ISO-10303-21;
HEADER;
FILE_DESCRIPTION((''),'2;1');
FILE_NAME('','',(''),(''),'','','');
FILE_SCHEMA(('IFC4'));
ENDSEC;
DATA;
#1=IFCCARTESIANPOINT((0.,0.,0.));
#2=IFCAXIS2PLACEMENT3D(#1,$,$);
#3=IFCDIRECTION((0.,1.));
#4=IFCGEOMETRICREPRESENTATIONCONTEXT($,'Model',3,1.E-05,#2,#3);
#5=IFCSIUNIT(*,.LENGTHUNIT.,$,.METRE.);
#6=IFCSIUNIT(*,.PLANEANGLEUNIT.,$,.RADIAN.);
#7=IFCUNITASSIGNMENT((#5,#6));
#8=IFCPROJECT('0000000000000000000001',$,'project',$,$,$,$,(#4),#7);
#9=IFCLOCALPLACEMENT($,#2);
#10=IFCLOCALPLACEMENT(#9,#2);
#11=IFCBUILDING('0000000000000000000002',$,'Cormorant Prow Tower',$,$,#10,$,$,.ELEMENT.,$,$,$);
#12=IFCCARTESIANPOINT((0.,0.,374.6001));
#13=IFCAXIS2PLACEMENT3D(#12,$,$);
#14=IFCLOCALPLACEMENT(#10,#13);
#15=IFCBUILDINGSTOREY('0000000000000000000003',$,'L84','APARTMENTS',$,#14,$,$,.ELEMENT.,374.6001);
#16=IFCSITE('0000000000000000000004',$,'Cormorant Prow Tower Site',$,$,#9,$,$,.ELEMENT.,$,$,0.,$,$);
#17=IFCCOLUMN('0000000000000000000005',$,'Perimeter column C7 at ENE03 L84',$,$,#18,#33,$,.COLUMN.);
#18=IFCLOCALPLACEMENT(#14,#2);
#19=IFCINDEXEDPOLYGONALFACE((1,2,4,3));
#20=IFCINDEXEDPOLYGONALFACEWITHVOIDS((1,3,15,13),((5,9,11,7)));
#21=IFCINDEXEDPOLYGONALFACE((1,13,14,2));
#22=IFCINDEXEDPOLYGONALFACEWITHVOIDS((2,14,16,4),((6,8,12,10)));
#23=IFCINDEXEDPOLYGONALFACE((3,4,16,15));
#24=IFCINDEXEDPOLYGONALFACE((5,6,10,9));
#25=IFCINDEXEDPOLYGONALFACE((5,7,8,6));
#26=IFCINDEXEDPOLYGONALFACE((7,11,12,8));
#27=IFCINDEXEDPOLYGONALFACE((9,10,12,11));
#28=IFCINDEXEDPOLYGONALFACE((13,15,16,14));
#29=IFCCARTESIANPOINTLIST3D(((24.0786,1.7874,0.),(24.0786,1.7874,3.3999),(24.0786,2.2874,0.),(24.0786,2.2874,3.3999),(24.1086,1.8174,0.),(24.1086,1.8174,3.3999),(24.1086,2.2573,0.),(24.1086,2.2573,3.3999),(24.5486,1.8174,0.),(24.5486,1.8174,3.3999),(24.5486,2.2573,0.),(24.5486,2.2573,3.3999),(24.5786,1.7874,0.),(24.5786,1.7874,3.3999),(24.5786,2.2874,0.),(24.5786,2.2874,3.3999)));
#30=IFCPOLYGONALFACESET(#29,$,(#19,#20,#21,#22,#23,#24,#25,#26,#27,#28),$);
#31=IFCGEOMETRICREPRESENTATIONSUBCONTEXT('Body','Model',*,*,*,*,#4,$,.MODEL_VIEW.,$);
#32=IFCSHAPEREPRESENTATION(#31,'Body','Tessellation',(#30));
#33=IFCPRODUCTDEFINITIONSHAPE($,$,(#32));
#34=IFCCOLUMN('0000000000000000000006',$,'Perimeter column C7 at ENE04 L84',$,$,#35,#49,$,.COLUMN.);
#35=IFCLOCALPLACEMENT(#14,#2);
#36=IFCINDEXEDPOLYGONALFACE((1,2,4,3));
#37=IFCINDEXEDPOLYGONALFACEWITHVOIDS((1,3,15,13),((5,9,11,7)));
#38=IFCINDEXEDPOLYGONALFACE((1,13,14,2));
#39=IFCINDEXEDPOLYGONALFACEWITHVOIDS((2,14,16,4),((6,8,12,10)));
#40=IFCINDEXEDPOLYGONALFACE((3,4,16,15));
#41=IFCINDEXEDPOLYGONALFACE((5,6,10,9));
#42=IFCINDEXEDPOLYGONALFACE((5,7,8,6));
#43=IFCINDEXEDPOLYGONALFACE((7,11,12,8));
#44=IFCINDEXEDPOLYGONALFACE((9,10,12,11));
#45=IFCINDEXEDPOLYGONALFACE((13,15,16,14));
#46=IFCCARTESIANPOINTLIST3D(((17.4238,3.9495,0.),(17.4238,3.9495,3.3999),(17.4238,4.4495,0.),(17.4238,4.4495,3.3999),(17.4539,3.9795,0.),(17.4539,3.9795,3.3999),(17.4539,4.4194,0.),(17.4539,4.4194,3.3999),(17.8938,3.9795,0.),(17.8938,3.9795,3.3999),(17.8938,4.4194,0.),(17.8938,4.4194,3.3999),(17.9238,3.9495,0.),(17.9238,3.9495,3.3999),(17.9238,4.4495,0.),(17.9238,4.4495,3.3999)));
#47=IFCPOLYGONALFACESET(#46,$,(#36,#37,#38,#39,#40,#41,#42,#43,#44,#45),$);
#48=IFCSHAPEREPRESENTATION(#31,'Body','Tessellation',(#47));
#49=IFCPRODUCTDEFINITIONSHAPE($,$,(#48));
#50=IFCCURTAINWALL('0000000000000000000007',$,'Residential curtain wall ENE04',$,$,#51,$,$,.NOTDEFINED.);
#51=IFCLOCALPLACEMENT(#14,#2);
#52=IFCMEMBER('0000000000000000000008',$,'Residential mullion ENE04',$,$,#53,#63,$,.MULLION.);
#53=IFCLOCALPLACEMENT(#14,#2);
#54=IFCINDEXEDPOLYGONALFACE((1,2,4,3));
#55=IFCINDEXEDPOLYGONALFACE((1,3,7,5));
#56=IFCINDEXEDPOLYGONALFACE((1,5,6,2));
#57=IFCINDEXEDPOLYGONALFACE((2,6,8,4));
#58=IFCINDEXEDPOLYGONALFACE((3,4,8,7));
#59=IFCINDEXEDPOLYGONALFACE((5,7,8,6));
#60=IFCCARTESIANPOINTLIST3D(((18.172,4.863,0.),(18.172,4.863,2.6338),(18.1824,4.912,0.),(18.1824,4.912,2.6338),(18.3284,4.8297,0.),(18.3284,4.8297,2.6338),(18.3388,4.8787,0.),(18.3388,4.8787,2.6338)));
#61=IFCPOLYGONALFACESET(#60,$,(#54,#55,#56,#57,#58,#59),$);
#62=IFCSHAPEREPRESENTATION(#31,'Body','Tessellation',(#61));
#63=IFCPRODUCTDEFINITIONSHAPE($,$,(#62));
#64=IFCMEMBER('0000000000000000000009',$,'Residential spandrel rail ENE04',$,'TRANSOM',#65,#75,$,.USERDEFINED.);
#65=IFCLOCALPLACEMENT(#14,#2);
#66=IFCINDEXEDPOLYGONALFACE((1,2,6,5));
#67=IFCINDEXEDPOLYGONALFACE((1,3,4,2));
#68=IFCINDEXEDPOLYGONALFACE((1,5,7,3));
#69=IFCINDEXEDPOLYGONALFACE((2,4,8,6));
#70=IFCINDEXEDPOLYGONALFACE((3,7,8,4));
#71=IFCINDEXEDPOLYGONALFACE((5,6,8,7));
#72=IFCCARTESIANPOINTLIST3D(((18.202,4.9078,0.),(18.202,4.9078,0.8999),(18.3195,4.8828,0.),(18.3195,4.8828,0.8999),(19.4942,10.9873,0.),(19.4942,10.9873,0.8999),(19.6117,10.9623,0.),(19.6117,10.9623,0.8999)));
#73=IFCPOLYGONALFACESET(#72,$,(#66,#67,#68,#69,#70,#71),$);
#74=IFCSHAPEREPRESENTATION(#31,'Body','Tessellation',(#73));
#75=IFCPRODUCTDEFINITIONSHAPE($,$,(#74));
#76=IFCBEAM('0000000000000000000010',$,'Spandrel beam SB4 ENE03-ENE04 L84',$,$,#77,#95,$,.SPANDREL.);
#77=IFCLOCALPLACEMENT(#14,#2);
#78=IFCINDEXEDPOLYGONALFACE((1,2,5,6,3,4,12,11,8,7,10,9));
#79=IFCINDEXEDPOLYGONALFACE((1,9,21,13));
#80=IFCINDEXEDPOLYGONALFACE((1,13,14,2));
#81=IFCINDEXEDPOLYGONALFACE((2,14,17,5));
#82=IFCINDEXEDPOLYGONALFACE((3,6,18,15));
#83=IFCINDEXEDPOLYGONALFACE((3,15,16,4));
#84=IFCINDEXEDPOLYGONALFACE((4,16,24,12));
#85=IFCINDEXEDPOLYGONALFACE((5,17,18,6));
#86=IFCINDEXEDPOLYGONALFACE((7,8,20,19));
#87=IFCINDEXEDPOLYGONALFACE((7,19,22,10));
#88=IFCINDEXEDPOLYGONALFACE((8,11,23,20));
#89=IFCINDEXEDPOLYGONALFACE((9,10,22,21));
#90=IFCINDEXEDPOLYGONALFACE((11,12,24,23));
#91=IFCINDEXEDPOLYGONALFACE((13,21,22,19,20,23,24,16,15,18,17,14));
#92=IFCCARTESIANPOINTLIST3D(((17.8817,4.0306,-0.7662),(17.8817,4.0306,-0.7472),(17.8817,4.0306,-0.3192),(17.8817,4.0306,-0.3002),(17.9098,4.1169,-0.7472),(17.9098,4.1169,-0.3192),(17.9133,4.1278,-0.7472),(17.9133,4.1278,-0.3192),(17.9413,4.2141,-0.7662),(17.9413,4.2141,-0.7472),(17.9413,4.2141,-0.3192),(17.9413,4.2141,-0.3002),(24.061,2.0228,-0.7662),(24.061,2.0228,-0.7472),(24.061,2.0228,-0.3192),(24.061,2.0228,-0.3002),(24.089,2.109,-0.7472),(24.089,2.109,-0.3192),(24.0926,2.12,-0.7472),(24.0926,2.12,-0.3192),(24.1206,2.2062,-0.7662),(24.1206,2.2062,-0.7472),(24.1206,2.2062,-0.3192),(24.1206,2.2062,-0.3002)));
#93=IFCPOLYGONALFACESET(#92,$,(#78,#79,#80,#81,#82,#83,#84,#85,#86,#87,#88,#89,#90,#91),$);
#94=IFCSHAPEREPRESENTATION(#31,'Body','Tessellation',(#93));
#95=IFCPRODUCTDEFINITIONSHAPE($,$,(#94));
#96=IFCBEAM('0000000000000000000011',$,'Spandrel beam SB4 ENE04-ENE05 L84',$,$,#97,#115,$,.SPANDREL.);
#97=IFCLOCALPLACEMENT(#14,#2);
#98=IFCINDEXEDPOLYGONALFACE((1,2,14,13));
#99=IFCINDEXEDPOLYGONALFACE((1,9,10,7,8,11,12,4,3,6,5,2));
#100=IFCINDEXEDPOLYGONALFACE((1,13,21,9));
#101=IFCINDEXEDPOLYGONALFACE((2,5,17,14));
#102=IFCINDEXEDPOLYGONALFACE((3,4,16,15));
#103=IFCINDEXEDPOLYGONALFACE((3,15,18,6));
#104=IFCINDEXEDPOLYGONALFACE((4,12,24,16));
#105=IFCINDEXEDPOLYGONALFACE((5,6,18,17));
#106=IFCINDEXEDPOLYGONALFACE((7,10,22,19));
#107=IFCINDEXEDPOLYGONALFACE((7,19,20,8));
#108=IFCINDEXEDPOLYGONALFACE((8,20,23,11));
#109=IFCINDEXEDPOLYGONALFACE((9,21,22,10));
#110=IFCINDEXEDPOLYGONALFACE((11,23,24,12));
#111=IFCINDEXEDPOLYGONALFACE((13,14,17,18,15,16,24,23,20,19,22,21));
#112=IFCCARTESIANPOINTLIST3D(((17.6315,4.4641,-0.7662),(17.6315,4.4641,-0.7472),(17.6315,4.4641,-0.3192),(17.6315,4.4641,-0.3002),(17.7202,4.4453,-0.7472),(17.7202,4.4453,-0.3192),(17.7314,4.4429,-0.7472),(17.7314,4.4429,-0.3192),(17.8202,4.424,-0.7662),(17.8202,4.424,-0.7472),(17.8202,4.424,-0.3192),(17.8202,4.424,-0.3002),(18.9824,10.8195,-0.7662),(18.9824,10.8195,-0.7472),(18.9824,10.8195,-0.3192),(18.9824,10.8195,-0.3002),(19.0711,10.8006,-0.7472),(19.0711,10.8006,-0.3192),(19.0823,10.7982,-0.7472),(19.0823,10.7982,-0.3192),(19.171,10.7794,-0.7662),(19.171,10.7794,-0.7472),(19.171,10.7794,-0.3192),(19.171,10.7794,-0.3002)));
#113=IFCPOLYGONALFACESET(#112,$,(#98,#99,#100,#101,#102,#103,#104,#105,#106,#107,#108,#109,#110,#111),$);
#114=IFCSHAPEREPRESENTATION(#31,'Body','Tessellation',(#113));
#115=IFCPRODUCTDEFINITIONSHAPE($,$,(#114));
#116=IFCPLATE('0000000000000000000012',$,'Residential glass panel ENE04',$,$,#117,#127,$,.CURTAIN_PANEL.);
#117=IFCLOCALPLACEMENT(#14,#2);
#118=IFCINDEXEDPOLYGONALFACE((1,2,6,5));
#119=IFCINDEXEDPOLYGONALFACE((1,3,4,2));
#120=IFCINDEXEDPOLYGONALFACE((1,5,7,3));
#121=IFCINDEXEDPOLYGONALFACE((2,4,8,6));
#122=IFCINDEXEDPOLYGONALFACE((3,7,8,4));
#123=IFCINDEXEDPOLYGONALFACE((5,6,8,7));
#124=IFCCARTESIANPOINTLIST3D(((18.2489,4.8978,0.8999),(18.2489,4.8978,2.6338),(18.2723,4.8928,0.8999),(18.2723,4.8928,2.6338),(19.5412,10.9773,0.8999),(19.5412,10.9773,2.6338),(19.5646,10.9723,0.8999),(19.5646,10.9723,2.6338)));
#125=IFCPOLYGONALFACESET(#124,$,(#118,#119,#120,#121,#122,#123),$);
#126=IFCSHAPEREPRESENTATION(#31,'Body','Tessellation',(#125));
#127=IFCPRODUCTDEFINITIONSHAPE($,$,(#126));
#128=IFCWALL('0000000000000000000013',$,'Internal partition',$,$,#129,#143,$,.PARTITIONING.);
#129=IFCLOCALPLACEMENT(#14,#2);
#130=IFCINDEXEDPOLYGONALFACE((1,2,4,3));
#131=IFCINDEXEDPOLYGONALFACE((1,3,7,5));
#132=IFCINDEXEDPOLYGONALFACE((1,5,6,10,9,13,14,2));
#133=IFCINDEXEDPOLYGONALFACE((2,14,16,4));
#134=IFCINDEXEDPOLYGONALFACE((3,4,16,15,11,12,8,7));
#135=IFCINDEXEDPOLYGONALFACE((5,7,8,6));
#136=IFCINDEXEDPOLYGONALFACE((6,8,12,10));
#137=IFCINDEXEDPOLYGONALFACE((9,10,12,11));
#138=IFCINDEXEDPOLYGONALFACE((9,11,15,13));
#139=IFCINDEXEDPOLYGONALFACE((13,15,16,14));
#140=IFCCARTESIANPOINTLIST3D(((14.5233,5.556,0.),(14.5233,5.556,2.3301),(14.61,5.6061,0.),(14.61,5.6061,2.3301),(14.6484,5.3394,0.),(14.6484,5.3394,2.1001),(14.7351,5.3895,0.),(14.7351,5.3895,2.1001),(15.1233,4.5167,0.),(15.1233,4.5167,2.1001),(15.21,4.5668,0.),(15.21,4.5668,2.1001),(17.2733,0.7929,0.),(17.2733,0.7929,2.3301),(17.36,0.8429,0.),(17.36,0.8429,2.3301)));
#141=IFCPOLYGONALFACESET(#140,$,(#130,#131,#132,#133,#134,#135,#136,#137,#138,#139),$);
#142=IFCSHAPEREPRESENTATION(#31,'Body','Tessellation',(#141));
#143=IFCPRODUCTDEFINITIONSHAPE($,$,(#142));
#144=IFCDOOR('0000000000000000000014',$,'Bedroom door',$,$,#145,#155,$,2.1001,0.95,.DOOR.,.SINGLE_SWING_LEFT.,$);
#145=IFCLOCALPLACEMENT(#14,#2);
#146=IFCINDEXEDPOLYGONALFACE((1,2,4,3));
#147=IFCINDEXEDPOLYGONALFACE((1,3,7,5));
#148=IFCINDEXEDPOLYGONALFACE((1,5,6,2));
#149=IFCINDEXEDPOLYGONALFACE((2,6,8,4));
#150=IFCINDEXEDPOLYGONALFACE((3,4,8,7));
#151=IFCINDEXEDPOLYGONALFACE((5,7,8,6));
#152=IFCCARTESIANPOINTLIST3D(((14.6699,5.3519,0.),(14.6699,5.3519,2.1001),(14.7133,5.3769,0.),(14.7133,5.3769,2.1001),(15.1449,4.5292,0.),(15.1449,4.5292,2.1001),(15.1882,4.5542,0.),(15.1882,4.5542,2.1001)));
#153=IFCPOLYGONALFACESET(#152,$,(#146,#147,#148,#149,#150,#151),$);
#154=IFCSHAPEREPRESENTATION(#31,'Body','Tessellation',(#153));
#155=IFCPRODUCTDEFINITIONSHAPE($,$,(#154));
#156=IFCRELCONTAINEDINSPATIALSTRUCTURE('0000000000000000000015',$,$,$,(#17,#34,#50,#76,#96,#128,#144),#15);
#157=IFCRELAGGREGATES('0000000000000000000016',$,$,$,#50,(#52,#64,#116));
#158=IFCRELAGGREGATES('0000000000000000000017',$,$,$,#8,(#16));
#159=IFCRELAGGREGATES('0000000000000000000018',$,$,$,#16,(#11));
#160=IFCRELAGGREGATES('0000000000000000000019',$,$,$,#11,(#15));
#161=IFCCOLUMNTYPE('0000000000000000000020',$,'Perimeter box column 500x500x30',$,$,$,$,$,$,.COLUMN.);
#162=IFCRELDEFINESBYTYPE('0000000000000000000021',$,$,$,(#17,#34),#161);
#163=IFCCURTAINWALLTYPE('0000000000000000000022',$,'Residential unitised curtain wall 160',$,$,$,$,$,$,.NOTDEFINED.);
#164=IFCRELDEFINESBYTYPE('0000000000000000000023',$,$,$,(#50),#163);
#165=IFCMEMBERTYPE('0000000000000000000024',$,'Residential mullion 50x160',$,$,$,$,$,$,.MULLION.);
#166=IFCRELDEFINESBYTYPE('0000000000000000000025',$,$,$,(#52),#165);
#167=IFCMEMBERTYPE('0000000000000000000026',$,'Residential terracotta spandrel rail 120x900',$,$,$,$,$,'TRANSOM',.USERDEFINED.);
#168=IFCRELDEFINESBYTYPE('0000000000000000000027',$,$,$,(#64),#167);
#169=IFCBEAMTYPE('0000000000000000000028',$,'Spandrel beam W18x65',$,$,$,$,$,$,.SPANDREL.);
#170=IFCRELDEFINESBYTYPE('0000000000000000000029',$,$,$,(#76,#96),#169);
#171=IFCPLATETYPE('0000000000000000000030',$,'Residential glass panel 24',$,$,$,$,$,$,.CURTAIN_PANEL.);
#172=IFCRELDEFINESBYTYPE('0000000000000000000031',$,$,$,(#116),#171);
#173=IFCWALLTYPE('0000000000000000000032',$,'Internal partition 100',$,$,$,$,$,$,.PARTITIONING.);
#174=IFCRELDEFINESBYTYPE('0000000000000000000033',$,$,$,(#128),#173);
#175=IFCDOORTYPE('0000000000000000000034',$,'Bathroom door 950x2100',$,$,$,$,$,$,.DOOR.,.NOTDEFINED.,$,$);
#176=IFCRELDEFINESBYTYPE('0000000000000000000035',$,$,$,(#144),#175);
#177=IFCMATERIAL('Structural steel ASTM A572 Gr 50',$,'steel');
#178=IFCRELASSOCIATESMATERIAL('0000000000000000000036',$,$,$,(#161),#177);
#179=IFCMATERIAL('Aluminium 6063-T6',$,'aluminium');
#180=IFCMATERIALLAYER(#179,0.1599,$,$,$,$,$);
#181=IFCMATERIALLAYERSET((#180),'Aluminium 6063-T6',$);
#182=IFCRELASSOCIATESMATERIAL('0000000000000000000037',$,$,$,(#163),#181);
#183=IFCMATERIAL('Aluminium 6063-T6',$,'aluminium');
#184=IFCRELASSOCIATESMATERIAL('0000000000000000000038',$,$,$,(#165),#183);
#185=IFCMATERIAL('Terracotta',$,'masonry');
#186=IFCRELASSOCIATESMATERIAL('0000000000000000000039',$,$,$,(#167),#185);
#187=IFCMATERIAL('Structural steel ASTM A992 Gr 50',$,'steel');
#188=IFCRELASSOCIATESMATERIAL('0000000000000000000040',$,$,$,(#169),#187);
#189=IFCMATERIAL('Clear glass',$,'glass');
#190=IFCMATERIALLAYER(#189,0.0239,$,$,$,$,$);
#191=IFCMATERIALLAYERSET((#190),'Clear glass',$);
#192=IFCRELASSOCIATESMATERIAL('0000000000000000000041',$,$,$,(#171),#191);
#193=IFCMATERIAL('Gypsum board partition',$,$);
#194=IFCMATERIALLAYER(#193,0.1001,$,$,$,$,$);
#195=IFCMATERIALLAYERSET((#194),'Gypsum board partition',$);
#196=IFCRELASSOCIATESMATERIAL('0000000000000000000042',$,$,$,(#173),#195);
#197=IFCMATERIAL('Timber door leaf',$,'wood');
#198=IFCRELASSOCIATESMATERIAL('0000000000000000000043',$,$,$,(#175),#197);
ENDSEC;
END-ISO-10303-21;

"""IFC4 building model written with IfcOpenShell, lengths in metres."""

from ifc_helpers import new_model, si_unit, direction, frame, frame_2d, origin, origin_2d, place, context, subcontext, project, spatial, rectangle, hollow_rectangle, i_section, extrude, material, layer, layer_set, material_profile, profile_set, type_object, element, fill, aggregate, save


model = new_model("IFC4")

# Units and contexts
model_context = context("Model", 3, precision=1e-05, world=origin(), true_north=direction((0.0, 1.0)))
body_context = subcontext(model_context, "Body", "Model", "MODEL_VIEW")
ifc_project = project(units=[si_unit("LENGTHUNIT", "METRE"), si_unit("PLANEANGLEUNIT", "RADIAN")], contexts=[model_context])

# Site, building, storey
site_placement = place(None, origin())
site = spatial("IfcSite", under=ifc_project, at=site_placement, Name="Cormorant Prow Tower Site", CompositionType="ELEMENT", RefElevation=0.0)
building_placement = place(site_placement, origin())
building = spatial("IfcBuilding", under=site, at=building_placement, Name="Cormorant Prow Tower", CompositionType="ELEMENT")
storey_placement = place(building_placement, frame((0.0, 0.0, 374.6001)))
storey = spatial("IfcBuildingStorey", under=building, at=storey_placement, Name="L84", Description="APARTMENTS", CompositionType="ELEMENT", Elevation=374.6001)

# Columns
ifc_material_1 = material(Name="Structural steel ASTM A572 Gr 50", Category="steel")
ifc_material_profile_1 = material_profile(ifc_material_1, hollow_rectangle(XDim=0.5, YDim=0.5, WallThickness=0.03, at=origin_2d()), Name="Box 500x500x30")
ifc_profile_set_1 = profile_set([ifc_material_profile_1], Name="Structural steel ASTM A572 Gr 50")
column_type = type_object("IfcColumnType", Name="Perimeter box column 500x500x30", PredefinedType="COLUMN", material=ifc_profile_set_1)
for number, where, z_axis, x_axis, name in (
    (1, (24.3286, 2.0374, 0.0), (0.0, 0.0, 1.0), (1.0, 0.0, 0.0), "Perimeter column C7 at ENE03 L84"),
    (2, (17.6738, 4.1995, 0.0), (0.0, 0.0, 1.0), (1.0, 0.0, 0.0), "Perimeter column C7 at ENE04 L84"),
):
    element("IfcColumn", number, at=place(storey_placement, frame(where, z_axis=z_axis, x_axis=x_axis)), inside=storey, type_object=column_type, Name=name, PredefinedType="COLUMN", context=body_context, shape_type="SweptSolid", body=[
        extrude(hollow_rectangle(XDim=0.5, YDim=0.5, WallThickness=0.03, at=origin_2d()), origin(), (0.0, 0.0, 1.0), 3.3999),
    ])

# Curtain wall, members
ifc_material_2 = material(Name="Aluminium 6063-T6", Category="aluminium")
ifc_layer_1 = layer(ifc_material_2, 0.1599)
ifc_layer_set_1 = layer_set([ifc_layer_1], Name="Aluminium 6063-T6")
curtain_wall_type = type_object("IfcCurtainWallType", Name="Residential unitised curtain wall 160", PredefinedType="NOTDEFINED", material=ifc_layer_set_1)
curtain_wall_placement = place(storey_placement, origin())
curtain_wall = element("IfcCurtainWall", 3, at=curtain_wall_placement, inside=storey, type_object=curtain_wall_type, Name="Residential curtain wall ENE04", PredefinedType="NOTDEFINED")
ifc_material_3 = material(Name="Aluminium 6063-T6", Category="aluminium")
ifc_material_profile_2 = material_profile(ifc_material_3, rectangle(XDim=0.1599, YDim=0.05, at=origin_2d()), Name="Residential mullion 50x160")
ifc_profile_set_2 = profile_set([ifc_material_profile_2], Name="Aluminium 6063-T6")
member_type_1 = type_object("IfcMemberType", Name="Residential mullion 50x160", PredefinedType="MULLION", material=ifc_profile_set_2)
member_1_placement = place(storey_placement, frame((18.2554, 4.8708, 0.0), z_axis=(0.0, 0.0, 1.0), x_axis=(-0.978148, 0.207912, 0.0)))
member_1 = element("IfcMember", 4, at=member_1_placement, type_object=member_type_1, Name="Residential mullion ENE04", PredefinedType="MULLION", context=body_context, shape_type="SweptSolid", body=[
    extrude(rectangle(XDim=0.1599, YDim=0.05, at=origin_2d()), origin(), (0.0, 0.0, 1.0), 2.6338),
])
ifc_material_4 = material(Name="Terracotta", Category="masonry")
ifc_material_profile_3 = material_profile(ifc_material_4, rectangle(XDim=0.1201, YDim=0.8999, at=origin_2d()), Name="Residential terracotta spandrel rail 120x900")
ifc_profile_set_3 = profile_set([ifc_material_profile_3], Name="Terracotta")
member_type_2 = type_object("IfcMemberType", Name="Residential terracotta spandrel rail 120x900", ElementType="TRANSOM", PredefinedType="USERDEFINED", material=ifc_profile_set_3)
member_2_placement = place(storey_placement, frame((18.2607, 4.8953, 0.45), z_axis=(0.207909, 0.978148, 0.0), x_axis=(-0.978148, 0.207909, 0.0)))
member_2 = element("IfcMember", 5, at=member_2_placement, type_object=member_type_2, Name="Residential spandrel rail ENE04", ObjectType="TRANSOM", PredefinedType="USERDEFINED", context=body_context, shape_type="SweptSolid", body=[
    extrude(rectangle(XDim=0.1201, YDim=0.8999, at=origin_2d()), origin(), (0.0, 0.0, 1.0), 6.2153),
])

# Beams
ifc_material_5 = material(Name="Structural steel ASTM A992 Gr 50", Category="steel")
ifc_material_profile_4 = material_profile(ifc_material_5, i_section(OverallWidth=0.1929, OverallDepth=0.4661, WebThickness=0.0115, FlangeThickness=0.019, at=origin_2d()), Name="W18x65")
ifc_profile_set_4 = profile_set([ifc_material_profile_4], Name="Structural steel ASTM A992 Gr 50")
beam_type = type_object("IfcBeamType", Name="Spandrel beam W18x65", PredefinedType="SPANDREL", material=ifc_profile_set_4)
for number, where, z_axis, x_axis, name in (
    (6, (24.0908, 2.1145, -0.5332), (-0.951053, 0.309027, 0.0), (-0.309027, -0.951053, 0.0), "Spandrel beam SB4 ENE03-ENE04 L84"),
    (7, (17.7258, 4.4441, -0.5332), (0.20791, 0.978148, 0.0), (-0.978148, 0.20791, 0.0), "Spandrel beam SB4 ENE04-ENE05 L84"),
):
    element("IfcBeam", number, at=place(storey_placement, frame(where, z_axis=z_axis, x_axis=x_axis)), inside=storey, type_object=beam_type, Name=name, PredefinedType="SPANDREL", context=body_context, shape_type="SweptSolid", body=[
        extrude(i_section(OverallWidth=0.1929, OverallDepth=0.4661, WebThickness=0.0115, FlangeThickness=0.019, at=origin_2d()), origin(), (0.0, 0.0, 1.0), 6.4973),
    ])

# Plate
ifc_material_6 = material(Name="Clear glass", Category="glass")
ifc_layer_2 = layer(ifc_material_6, 0.0239)
ifc_layer_set_2 = layer_set([ifc_layer_2], Name="Clear glass")
plate_type = type_object("IfcPlateType", Name="Residential glass panel 24", PredefinedType="CURTAIN_PANEL", material=ifc_layer_set_2)
plate_placement = place(storey_placement, frame((18.9067, 7.9351, 0.8999), z_axis=(0.0, 0.0, 1.0), x_axis=(0.207912, 0.978148, 0.0)))
plate = element("IfcPlate", 8, at=plate_placement, type_object=plate_type, Name="Residential glass panel ENE04", PredefinedType="CURTAIN_PANEL", context=body_context, shape_type="SweptSolid", body=[
    extrude(rectangle(XDim=6.2153, YDim=0.0239, at=origin_2d()), origin(), (0.0, 0.0, 1.0), 1.7339),
])
aggregate(curtain_wall, [member_1, member_2, plate])

# Wall, opening, door
ifc_material_7 = material(Name="Gypsum board partition")
ifc_layer_3 = layer(ifc_material_7, 0.1001)
ifc_layer_set_3 = layer_set([ifc_layer_3], Name="Gypsum board partition")
wall_type_1 = type_object("IfcWallType", Name="Internal partition 100", PredefinedType="PARTITIONING", material=ifc_layer_set_3)
wall_1_placement = place(storey_placement, frame((14.5667, 5.5811, 0.0), z_axis=(0.0, 0.0, 1.0), x_axis=(0.499997, -0.866027, 0.0)))
wall_1 = element("IfcWall", 9, at=wall_1_placement, inside=storey, type_object=wall_type_1, Name="Internal partition", PredefinedType="PARTITIONING", context=body_context, shape_type="SweptSolid", body=[
    extrude(rectangle(XDim=5.5, YDim=0.1001, at=frame_2d((2.75, 0.0))), origin(), (0.0, 0.0, 1.0), 2.3301),
])
opening_1_placement = place(wall_1_placement, frame((0.25, 0.0, 0.0)))
opening_1 = element("IfcOpeningElement", 10, at=opening_1_placement, cuts=wall_1, PredefinedType="OPENING", context=body_context, shape_type="SweptSolid", body=[
    extrude(rectangle(XDim=0.95, YDim=2.1001, at=frame_2d((0.4751, 1.05))), frame((0.0, 0.0601, 0.0), z_axis=(0.0, -1.0, 0.0), x_axis=(1.0, 0.0, 0.0)), (0.0, 0.0, 1.0), 0.1201),
])
ifc_material_8 = material(Name="Timber door leaf", Category="wood")
door_type_1 = type_object("IfcDoorType", Name="Bathroom door 950x2100", OperationType="NOTDEFINED", PredefinedType="DOOR", material=ifc_material_8)
door_1_placement = place(opening_1_placement, origin())
door_1 = element("IfcDoor", 11, at=door_1_placement, inside=storey, type_object=door_type_1, Name="Bedroom door", OperationType="SINGLE_SWING_LEFT", OverallHeight=2.1001, OverallWidth=0.95, PredefinedType="DOOR", context=body_context, shape_type="SweptSolid", body=[
    extrude(rectangle(XDim=0.95, YDim=2.1001, at=frame_2d((0.4751, 1.05))), frame((0.0, 0.0249, 0.0), z_axis=(0.0, -1.0, 0.0), x_axis=(1.0, 0.0, 0.0)), (0.0, 0.0, 1.0), 0.05),
])
fill(opening_1, door_1)

save(model, "model.ifc")
